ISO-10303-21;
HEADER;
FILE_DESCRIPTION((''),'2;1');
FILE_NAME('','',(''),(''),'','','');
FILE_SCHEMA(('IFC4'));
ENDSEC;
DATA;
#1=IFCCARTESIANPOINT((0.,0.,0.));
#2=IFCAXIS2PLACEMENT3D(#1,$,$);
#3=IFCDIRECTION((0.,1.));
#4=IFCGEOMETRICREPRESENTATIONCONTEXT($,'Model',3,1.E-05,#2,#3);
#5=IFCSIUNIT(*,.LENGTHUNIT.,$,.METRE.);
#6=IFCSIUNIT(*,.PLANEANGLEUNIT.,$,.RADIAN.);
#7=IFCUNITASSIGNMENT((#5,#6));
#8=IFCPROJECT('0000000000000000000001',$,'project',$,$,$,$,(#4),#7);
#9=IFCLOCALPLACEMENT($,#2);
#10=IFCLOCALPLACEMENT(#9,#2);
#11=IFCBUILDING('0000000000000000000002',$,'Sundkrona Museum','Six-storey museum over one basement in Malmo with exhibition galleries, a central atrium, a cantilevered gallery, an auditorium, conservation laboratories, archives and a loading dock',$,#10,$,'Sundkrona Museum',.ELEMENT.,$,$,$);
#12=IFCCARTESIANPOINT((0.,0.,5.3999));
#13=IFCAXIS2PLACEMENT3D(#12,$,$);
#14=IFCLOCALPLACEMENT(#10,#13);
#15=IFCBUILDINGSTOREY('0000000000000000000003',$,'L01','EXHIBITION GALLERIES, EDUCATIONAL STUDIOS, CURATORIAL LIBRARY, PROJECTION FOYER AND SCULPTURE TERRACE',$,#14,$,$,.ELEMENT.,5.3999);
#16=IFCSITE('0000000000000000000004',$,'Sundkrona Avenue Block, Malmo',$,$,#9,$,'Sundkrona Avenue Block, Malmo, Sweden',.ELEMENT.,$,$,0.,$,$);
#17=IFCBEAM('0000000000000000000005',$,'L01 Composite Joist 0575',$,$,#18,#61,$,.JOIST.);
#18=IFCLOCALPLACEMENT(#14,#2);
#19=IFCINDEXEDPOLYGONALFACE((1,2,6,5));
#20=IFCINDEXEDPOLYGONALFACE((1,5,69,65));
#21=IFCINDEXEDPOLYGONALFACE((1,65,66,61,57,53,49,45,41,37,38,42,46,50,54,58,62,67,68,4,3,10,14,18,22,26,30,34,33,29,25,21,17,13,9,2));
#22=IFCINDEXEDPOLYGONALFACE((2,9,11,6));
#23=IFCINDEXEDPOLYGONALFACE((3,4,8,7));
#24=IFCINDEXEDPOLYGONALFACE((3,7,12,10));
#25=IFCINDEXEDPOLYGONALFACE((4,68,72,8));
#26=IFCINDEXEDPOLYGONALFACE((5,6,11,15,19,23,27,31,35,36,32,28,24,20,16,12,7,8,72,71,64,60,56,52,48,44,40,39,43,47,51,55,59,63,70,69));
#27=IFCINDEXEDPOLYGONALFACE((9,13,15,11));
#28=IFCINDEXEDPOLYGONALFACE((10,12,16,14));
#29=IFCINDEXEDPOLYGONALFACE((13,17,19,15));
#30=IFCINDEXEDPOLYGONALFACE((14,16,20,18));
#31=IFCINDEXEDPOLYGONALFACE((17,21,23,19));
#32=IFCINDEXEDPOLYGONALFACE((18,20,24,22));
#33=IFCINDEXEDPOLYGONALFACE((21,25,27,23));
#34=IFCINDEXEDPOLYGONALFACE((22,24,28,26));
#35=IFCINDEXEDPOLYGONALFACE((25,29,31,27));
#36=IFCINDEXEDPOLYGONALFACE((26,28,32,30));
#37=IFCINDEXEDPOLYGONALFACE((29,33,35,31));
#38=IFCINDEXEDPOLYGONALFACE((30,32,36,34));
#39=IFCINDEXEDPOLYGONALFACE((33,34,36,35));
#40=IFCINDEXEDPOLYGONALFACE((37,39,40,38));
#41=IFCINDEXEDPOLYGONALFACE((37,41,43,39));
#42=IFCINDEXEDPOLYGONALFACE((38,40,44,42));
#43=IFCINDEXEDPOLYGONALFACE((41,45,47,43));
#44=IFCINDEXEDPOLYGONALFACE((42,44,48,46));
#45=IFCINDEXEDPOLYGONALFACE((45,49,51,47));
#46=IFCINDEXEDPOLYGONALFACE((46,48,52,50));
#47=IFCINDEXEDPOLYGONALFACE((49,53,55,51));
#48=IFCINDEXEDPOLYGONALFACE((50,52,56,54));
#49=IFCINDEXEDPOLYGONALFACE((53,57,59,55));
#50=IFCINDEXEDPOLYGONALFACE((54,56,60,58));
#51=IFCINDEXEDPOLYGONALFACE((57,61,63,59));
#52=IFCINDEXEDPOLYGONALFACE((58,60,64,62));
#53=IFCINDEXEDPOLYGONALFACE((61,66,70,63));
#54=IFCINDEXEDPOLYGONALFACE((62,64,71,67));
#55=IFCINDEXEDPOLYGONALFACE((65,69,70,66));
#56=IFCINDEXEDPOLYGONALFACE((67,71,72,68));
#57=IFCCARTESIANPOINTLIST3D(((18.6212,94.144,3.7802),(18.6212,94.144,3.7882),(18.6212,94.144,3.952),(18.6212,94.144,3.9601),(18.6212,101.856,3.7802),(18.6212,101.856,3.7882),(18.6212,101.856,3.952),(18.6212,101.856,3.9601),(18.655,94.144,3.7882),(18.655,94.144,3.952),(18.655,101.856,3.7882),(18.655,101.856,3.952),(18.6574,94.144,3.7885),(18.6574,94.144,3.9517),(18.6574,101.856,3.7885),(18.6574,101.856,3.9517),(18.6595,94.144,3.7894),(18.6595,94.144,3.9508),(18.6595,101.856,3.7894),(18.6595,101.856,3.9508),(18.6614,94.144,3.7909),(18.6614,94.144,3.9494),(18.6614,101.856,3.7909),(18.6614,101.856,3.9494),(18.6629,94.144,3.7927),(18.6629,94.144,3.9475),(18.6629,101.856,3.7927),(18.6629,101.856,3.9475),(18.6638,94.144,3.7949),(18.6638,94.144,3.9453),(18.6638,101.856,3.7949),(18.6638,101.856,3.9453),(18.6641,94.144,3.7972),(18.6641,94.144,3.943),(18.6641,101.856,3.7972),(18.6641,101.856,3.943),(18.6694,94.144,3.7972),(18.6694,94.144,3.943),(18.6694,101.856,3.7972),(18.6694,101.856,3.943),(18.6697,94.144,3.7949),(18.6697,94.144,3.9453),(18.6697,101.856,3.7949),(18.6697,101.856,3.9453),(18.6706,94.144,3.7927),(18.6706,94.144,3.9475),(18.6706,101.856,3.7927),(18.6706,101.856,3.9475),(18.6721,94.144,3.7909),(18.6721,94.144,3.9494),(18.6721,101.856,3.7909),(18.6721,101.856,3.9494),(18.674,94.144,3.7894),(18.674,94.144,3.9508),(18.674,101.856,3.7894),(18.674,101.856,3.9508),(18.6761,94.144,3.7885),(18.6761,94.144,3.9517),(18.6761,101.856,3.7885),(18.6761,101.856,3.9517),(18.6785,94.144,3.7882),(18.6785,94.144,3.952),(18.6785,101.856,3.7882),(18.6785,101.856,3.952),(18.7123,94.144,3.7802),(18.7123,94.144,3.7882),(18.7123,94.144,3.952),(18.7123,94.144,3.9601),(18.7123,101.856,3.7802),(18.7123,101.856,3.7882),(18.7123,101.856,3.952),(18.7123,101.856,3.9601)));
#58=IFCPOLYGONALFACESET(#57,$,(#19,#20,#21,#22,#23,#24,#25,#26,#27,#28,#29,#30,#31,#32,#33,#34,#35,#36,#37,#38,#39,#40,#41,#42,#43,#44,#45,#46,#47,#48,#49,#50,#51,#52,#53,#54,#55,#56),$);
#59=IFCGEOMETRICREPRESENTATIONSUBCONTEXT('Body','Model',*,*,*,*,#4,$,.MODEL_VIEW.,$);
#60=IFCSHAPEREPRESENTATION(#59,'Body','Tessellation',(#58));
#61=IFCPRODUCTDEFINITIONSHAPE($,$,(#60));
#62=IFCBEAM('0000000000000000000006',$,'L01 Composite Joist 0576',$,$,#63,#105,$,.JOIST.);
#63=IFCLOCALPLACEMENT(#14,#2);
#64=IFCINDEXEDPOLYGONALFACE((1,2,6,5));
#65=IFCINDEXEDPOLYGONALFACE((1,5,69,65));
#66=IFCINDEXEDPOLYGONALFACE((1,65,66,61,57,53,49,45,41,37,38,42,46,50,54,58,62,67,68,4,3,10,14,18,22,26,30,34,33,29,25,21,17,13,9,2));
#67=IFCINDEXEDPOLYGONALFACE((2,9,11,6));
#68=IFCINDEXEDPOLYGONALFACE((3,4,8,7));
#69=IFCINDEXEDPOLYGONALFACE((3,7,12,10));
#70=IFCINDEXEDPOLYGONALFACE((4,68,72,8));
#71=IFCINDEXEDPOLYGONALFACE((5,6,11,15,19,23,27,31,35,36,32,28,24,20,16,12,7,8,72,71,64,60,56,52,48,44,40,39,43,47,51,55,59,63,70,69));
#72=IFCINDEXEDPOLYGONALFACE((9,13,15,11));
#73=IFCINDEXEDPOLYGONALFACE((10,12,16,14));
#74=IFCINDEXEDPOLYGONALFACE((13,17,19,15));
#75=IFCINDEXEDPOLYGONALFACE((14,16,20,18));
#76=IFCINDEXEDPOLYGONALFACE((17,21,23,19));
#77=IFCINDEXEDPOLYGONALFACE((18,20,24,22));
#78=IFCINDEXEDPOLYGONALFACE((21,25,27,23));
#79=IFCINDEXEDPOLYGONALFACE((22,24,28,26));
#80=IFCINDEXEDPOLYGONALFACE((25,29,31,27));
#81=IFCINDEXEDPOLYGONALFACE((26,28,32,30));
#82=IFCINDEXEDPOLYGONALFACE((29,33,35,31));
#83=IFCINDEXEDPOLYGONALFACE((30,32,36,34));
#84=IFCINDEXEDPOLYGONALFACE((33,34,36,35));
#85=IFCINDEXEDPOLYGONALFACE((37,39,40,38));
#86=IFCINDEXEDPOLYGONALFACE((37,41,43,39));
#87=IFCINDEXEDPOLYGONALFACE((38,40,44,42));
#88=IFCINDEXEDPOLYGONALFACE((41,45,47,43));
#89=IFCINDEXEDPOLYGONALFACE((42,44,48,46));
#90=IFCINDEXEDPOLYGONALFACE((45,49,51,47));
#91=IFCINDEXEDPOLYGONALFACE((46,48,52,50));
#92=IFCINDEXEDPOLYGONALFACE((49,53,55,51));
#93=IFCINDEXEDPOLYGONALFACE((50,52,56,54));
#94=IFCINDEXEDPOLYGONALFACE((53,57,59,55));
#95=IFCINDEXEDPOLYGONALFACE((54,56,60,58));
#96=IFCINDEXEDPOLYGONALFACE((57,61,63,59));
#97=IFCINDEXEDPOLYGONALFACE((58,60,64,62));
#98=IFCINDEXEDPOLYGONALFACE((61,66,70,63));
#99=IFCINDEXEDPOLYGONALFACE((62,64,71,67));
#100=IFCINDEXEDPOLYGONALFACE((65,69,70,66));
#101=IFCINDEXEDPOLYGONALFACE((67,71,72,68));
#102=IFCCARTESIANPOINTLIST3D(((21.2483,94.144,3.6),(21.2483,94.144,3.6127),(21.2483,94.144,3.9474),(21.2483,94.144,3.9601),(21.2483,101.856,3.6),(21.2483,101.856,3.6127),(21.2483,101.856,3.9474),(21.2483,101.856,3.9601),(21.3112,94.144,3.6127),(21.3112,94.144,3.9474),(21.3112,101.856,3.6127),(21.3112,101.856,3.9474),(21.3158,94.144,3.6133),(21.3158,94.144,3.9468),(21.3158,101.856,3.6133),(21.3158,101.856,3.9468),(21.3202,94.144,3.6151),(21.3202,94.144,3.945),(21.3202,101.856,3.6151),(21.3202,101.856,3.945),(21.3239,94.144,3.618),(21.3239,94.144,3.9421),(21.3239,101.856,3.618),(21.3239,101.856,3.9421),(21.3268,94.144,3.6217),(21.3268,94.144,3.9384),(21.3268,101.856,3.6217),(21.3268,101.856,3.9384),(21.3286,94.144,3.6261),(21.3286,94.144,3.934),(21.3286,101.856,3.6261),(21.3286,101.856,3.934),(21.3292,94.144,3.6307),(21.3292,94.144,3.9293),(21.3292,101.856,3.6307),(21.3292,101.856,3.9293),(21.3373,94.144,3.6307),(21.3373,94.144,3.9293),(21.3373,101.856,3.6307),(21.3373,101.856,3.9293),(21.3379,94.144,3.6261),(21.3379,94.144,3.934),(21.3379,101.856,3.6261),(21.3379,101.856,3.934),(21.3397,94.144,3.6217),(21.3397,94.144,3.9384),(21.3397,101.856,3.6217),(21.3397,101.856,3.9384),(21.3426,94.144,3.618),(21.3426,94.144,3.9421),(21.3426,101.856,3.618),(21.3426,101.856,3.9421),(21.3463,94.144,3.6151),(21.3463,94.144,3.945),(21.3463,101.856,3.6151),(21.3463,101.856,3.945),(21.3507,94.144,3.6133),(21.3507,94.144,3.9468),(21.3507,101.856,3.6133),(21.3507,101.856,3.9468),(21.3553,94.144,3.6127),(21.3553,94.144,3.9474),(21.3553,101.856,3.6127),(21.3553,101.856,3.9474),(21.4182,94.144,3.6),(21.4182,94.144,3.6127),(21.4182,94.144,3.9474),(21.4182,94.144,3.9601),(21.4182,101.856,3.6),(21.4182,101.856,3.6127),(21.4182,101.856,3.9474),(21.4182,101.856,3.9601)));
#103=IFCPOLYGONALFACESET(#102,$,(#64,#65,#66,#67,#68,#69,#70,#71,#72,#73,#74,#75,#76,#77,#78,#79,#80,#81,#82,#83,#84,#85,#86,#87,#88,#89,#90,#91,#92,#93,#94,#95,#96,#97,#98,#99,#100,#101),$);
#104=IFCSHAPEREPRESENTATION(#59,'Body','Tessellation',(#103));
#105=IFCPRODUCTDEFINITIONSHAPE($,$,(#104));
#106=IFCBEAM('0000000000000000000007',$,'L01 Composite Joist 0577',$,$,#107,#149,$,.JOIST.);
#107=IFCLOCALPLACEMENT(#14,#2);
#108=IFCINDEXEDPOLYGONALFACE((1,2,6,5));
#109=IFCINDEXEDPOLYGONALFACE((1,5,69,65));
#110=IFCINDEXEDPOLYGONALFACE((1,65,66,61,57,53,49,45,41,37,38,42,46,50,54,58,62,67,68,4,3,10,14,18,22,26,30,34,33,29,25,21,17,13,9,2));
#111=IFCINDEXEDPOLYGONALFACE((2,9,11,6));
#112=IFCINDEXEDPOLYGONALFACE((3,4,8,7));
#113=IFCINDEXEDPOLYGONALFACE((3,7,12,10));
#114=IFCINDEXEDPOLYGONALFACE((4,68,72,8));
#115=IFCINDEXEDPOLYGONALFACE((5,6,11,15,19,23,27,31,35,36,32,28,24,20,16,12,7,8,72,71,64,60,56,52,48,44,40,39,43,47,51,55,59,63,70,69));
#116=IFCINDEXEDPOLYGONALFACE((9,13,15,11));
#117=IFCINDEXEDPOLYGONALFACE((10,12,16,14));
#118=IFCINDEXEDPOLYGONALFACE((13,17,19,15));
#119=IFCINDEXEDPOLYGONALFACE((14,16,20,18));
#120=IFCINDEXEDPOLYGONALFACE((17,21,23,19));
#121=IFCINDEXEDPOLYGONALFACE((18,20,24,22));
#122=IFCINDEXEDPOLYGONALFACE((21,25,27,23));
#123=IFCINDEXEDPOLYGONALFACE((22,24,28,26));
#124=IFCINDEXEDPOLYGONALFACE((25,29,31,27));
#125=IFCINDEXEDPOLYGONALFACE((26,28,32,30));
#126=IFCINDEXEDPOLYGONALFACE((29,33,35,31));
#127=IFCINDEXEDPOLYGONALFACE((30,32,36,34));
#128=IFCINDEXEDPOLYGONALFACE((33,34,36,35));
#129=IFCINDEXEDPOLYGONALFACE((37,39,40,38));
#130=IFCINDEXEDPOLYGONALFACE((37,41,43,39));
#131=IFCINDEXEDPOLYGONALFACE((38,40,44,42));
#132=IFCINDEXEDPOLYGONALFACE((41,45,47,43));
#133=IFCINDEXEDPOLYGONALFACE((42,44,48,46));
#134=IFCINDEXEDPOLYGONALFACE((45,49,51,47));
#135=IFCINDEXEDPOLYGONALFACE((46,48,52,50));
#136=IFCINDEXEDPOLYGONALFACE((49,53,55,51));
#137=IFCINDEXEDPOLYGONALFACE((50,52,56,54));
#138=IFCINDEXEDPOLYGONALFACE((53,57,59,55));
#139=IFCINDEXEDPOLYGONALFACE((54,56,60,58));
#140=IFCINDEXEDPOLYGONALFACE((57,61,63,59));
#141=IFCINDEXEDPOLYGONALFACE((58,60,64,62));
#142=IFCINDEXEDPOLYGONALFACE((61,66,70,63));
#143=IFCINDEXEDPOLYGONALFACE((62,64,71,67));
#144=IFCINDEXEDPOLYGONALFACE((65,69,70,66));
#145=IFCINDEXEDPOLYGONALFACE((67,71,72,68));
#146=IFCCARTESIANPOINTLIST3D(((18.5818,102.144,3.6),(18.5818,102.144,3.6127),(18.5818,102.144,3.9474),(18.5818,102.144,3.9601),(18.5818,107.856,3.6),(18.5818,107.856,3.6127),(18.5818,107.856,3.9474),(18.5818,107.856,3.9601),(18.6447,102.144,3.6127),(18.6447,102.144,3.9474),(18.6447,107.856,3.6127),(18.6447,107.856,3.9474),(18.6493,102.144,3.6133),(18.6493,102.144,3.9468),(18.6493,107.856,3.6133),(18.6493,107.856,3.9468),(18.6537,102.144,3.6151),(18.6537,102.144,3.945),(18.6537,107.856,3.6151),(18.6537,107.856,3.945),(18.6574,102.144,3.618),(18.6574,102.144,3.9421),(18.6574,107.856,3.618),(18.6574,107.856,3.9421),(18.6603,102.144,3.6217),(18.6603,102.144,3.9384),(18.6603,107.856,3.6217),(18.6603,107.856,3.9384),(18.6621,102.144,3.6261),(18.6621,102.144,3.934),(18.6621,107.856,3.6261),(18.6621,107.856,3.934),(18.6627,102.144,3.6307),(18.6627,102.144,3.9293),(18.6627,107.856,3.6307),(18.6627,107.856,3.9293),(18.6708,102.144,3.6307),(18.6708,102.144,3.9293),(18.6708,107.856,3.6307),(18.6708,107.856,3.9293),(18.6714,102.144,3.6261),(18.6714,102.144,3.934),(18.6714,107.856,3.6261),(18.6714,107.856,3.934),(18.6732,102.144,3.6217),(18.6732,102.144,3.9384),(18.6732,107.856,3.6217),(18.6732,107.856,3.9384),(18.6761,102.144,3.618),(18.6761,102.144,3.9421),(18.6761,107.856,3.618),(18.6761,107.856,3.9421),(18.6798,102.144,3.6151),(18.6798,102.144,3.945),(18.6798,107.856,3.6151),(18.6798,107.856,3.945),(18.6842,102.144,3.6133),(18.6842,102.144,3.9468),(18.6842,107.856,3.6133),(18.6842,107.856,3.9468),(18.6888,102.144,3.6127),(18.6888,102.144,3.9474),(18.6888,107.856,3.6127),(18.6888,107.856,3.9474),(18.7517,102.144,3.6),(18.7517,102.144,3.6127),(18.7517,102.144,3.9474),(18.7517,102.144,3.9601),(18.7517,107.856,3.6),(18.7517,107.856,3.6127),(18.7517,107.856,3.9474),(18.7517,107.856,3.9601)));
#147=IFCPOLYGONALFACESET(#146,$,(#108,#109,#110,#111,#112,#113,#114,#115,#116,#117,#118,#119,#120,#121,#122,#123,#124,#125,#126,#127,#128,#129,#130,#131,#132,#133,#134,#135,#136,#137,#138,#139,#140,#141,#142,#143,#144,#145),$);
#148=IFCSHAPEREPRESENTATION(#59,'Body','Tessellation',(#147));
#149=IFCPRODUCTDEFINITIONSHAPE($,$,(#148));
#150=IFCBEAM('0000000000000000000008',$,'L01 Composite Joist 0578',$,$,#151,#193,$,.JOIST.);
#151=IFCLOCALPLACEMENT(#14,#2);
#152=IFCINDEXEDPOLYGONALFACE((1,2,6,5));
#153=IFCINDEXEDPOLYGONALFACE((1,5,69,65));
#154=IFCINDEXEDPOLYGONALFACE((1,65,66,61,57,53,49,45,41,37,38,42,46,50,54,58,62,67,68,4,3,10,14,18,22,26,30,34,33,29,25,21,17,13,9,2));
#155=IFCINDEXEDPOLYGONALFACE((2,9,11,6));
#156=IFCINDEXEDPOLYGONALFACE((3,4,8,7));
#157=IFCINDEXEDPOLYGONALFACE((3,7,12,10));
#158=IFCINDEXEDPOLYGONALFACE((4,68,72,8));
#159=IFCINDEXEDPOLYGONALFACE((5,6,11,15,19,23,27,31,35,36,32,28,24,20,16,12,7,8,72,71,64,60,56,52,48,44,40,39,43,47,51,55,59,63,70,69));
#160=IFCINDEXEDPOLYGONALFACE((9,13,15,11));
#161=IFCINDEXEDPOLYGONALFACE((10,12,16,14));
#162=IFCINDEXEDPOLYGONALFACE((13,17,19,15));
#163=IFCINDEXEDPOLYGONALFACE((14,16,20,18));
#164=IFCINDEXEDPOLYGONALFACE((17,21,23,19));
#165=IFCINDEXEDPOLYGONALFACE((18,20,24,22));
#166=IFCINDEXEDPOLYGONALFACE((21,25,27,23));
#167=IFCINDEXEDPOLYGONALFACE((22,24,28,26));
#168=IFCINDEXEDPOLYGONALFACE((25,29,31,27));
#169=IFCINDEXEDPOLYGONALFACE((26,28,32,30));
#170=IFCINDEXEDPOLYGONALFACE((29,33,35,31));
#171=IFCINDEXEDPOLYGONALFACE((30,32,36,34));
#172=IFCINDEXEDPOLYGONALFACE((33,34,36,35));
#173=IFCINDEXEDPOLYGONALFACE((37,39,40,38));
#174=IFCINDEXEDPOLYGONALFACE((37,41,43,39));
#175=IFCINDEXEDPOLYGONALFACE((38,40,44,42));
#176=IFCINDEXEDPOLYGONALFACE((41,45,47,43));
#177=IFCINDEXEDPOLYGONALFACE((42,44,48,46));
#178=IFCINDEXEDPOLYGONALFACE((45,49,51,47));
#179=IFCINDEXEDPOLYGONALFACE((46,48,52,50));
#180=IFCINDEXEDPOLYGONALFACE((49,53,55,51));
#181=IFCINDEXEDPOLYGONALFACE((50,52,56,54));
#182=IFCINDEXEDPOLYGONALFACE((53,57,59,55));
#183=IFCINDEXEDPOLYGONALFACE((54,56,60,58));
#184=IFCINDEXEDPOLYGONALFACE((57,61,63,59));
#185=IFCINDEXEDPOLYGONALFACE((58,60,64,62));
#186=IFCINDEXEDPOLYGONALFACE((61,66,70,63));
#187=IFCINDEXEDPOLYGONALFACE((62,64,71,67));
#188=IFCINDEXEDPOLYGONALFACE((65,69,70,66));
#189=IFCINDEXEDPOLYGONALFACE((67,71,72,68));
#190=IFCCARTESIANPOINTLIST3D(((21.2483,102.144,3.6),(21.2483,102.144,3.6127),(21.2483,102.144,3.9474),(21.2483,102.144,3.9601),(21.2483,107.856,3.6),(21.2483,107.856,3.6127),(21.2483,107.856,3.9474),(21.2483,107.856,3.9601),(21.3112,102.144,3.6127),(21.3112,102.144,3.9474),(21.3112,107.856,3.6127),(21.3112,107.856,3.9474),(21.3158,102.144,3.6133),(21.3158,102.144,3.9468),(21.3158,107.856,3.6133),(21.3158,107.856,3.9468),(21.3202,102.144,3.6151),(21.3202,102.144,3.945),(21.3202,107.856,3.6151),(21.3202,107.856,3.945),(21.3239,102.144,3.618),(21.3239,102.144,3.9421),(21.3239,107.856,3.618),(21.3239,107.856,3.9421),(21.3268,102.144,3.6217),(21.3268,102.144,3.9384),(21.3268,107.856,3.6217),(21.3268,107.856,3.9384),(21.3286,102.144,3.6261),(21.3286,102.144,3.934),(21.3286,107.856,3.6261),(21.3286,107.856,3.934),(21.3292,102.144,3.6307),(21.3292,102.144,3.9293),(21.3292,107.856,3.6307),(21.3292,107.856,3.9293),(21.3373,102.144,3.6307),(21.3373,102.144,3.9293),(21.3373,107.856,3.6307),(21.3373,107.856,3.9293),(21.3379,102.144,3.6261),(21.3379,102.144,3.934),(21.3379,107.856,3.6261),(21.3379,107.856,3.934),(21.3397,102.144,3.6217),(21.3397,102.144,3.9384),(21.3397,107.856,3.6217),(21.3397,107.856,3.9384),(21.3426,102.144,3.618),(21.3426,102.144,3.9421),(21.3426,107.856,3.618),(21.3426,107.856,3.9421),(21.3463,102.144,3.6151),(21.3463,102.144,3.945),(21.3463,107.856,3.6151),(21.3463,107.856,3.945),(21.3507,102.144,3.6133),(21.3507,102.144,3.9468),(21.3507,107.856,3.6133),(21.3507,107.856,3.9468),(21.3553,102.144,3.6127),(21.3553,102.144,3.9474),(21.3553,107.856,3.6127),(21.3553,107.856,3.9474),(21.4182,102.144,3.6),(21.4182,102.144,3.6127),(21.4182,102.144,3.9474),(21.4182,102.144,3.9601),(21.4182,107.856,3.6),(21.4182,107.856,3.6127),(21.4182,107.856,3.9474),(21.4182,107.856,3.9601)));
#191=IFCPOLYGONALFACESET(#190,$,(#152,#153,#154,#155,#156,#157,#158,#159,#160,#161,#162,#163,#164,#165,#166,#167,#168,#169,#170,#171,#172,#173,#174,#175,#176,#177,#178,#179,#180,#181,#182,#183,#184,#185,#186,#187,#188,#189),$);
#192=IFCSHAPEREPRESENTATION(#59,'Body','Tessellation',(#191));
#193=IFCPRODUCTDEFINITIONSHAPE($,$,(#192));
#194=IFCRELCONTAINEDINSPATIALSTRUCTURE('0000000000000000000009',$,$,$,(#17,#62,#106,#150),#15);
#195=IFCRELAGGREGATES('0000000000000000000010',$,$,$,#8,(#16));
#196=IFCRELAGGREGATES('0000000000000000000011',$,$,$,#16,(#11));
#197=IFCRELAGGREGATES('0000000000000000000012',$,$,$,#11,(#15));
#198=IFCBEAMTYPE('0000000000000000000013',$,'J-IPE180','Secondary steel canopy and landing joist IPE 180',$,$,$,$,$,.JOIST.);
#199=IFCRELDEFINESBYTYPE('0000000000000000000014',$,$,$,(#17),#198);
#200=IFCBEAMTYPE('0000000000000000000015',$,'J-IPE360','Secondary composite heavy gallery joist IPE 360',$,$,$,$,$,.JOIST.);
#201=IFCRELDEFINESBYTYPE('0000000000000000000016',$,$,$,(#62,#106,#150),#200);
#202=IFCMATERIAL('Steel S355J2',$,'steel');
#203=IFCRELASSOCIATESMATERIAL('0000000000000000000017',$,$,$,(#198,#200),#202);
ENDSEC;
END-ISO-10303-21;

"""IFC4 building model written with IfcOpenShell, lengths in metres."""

from ifc_helpers import new_model, si_unit, direction, frame, origin, origin_2d, place, context, subcontext, project, spatial, i_section, extrude, material, material_profile, profile_set, type_object, element, save


model = new_model("IFC4")

# Units and contexts
model_context = context("Model", 3, precision=1e-05, world=origin(), true_north=direction((0.0, 1.0)))
body_context = subcontext(model_context, "Body", "Model", "MODEL_VIEW")
ifc_project = project(units=[si_unit("LENGTHUNIT", "METRE"), si_unit("PLANEANGLEUNIT", "RADIAN")], contexts=[model_context])

# Site, building, storey
site_placement = place(None, origin())
site = spatial("IfcSite", under=ifc_project, at=site_placement, Name="Sundkrona Avenue Block, Malmo", LongName="Sundkrona Avenue Block, Malmo, Sweden", CompositionType="ELEMENT", RefElevation=0.0)
building_placement = place(site_placement, origin())
building = spatial("IfcBuilding", under=site, at=building_placement, Name="Sundkrona Museum", Description="Six-storey museum over one basement in Malmo with exhibition galleries, a central atrium, a cantilevered gallery, an auditorium, conservation laboratories, archives and a loading dock", LongName="Sundkrona Museum", CompositionType="ELEMENT")
storey_placement = place(building_placement, frame((0.0, 0.0, 5.3999)))
storey = spatial("IfcBuildingStorey", under=building, at=storey_placement, Name="L01", Description="EXHIBITION GALLERIES, EDUCATIONAL STUDIOS, CURATORIAL LIBRARY, PROJECTION FOYER AND SCULPTURE TERRACE", CompositionType="ELEMENT", Elevation=5.3999)

# Shared definitions
ifc_material_1 = material(Name="Steel S355J2", Category="steel")

# Beams
ifc_material_profile_1 = material_profile(ifc_material_1, i_section(OverallWidth=0.0911, OverallDepth=0.1799, WebThickness=0.0054, FlangeThickness=0.0081, FilletRadius=0.009, at=origin_2d()), Name="IPE 180")
ifc_profile_set_1 = profile_set([ifc_material_profile_1], Name="Steel S355J2")
beam_type_1 = type_object("IfcBeamType", Name="J-IPE180", Description="Secondary steel canopy and landing joist IPE 180", PredefinedType="JOIST", material=ifc_profile_set_1)
beam_1_placement = place(storey_placement, frame((18.6667, 94.144, 3.8701), z_axis=(0.0, 1.0, 0.0), x_axis=(-1.0, 0.0, 0.0)))
element("IfcBeam", 1, at=beam_1_placement, inside=storey, type_object=beam_type_1, Name="L01 Composite Joist 0575", PredefinedType="JOIST", context=body_context, shape_type="SweptSolid", body=[
    extrude(i_section(OverallWidth=0.0911, OverallDepth=0.1799, WebThickness=0.0054, FlangeThickness=0.0081, FilletRadius=0.009, at=origin_2d()), origin(), (0.0, 0.0, 1.0), 7.7119),
])
ifc_material_profile_2 = material_profile(ifc_material_1, i_section(OverallWidth=0.1699, OverallDepth=0.3601, WebThickness=0.0081, FlangeThickness=0.0127, FilletRadius=0.0181, at=origin_2d()), Name="IPE 360")
ifc_profile_set_2 = profile_set([ifc_material_profile_2], Name="Steel S355J2")
beam_type_2 = type_object("IfcBeamType", Name="J-IPE360", Description="Secondary composite heavy gallery joist IPE 360", PredefinedType="JOIST", material=ifc_profile_set_2)
beam_2_placement = place(storey_placement, frame((21.3333, 94.144, 3.78), z_axis=(0.0, 1.0, 0.0), x_axis=(-1.0, 0.0, 0.0)))
element("IfcBeam", 2, at=beam_2_placement, inside=storey, type_object=beam_type_2, Name="L01 Composite Joist 0576", PredefinedType="JOIST", context=body_context, shape_type="SweptSolid", body=[
    extrude(i_section(OverallWidth=0.1699, OverallDepth=0.3601, WebThickness=0.0081, FlangeThickness=0.0127, FilletRadius=0.0181, at=origin_2d()), origin(), (0.0, 0.0, 1.0), 7.7119),
])
for number, where, z_axis, x_axis, name in (
    (3, (18.6667, 102.144, 3.78), (0.0, 1.0, 0.0), (-1.0, 0.0, 0.0), "L01 Composite Joist 0577"),
    (4, (21.3333, 102.144, 3.78), (0.0, 1.0, 0.0), (-1.0, 0.0, 0.0), "L01 Composite Joist 0578"),
):
    element("IfcBeam", number, at=place(storey_placement, frame(where, z_axis=z_axis, x_axis=x_axis)), inside=storey, type_object=beam_type_2, Name=name, PredefinedType="JOIST", context=body_context, shape_type="SweptSolid", body=[
        extrude(i_section(OverallWidth=0.1699, OverallDepth=0.3601, WebThickness=0.0081, FlangeThickness=0.0127, FilletRadius=0.0181, at=origin_2d()), origin(), (0.0, 0.0, 1.0), 5.7119),
    ])

save(model, "model.ifc")
